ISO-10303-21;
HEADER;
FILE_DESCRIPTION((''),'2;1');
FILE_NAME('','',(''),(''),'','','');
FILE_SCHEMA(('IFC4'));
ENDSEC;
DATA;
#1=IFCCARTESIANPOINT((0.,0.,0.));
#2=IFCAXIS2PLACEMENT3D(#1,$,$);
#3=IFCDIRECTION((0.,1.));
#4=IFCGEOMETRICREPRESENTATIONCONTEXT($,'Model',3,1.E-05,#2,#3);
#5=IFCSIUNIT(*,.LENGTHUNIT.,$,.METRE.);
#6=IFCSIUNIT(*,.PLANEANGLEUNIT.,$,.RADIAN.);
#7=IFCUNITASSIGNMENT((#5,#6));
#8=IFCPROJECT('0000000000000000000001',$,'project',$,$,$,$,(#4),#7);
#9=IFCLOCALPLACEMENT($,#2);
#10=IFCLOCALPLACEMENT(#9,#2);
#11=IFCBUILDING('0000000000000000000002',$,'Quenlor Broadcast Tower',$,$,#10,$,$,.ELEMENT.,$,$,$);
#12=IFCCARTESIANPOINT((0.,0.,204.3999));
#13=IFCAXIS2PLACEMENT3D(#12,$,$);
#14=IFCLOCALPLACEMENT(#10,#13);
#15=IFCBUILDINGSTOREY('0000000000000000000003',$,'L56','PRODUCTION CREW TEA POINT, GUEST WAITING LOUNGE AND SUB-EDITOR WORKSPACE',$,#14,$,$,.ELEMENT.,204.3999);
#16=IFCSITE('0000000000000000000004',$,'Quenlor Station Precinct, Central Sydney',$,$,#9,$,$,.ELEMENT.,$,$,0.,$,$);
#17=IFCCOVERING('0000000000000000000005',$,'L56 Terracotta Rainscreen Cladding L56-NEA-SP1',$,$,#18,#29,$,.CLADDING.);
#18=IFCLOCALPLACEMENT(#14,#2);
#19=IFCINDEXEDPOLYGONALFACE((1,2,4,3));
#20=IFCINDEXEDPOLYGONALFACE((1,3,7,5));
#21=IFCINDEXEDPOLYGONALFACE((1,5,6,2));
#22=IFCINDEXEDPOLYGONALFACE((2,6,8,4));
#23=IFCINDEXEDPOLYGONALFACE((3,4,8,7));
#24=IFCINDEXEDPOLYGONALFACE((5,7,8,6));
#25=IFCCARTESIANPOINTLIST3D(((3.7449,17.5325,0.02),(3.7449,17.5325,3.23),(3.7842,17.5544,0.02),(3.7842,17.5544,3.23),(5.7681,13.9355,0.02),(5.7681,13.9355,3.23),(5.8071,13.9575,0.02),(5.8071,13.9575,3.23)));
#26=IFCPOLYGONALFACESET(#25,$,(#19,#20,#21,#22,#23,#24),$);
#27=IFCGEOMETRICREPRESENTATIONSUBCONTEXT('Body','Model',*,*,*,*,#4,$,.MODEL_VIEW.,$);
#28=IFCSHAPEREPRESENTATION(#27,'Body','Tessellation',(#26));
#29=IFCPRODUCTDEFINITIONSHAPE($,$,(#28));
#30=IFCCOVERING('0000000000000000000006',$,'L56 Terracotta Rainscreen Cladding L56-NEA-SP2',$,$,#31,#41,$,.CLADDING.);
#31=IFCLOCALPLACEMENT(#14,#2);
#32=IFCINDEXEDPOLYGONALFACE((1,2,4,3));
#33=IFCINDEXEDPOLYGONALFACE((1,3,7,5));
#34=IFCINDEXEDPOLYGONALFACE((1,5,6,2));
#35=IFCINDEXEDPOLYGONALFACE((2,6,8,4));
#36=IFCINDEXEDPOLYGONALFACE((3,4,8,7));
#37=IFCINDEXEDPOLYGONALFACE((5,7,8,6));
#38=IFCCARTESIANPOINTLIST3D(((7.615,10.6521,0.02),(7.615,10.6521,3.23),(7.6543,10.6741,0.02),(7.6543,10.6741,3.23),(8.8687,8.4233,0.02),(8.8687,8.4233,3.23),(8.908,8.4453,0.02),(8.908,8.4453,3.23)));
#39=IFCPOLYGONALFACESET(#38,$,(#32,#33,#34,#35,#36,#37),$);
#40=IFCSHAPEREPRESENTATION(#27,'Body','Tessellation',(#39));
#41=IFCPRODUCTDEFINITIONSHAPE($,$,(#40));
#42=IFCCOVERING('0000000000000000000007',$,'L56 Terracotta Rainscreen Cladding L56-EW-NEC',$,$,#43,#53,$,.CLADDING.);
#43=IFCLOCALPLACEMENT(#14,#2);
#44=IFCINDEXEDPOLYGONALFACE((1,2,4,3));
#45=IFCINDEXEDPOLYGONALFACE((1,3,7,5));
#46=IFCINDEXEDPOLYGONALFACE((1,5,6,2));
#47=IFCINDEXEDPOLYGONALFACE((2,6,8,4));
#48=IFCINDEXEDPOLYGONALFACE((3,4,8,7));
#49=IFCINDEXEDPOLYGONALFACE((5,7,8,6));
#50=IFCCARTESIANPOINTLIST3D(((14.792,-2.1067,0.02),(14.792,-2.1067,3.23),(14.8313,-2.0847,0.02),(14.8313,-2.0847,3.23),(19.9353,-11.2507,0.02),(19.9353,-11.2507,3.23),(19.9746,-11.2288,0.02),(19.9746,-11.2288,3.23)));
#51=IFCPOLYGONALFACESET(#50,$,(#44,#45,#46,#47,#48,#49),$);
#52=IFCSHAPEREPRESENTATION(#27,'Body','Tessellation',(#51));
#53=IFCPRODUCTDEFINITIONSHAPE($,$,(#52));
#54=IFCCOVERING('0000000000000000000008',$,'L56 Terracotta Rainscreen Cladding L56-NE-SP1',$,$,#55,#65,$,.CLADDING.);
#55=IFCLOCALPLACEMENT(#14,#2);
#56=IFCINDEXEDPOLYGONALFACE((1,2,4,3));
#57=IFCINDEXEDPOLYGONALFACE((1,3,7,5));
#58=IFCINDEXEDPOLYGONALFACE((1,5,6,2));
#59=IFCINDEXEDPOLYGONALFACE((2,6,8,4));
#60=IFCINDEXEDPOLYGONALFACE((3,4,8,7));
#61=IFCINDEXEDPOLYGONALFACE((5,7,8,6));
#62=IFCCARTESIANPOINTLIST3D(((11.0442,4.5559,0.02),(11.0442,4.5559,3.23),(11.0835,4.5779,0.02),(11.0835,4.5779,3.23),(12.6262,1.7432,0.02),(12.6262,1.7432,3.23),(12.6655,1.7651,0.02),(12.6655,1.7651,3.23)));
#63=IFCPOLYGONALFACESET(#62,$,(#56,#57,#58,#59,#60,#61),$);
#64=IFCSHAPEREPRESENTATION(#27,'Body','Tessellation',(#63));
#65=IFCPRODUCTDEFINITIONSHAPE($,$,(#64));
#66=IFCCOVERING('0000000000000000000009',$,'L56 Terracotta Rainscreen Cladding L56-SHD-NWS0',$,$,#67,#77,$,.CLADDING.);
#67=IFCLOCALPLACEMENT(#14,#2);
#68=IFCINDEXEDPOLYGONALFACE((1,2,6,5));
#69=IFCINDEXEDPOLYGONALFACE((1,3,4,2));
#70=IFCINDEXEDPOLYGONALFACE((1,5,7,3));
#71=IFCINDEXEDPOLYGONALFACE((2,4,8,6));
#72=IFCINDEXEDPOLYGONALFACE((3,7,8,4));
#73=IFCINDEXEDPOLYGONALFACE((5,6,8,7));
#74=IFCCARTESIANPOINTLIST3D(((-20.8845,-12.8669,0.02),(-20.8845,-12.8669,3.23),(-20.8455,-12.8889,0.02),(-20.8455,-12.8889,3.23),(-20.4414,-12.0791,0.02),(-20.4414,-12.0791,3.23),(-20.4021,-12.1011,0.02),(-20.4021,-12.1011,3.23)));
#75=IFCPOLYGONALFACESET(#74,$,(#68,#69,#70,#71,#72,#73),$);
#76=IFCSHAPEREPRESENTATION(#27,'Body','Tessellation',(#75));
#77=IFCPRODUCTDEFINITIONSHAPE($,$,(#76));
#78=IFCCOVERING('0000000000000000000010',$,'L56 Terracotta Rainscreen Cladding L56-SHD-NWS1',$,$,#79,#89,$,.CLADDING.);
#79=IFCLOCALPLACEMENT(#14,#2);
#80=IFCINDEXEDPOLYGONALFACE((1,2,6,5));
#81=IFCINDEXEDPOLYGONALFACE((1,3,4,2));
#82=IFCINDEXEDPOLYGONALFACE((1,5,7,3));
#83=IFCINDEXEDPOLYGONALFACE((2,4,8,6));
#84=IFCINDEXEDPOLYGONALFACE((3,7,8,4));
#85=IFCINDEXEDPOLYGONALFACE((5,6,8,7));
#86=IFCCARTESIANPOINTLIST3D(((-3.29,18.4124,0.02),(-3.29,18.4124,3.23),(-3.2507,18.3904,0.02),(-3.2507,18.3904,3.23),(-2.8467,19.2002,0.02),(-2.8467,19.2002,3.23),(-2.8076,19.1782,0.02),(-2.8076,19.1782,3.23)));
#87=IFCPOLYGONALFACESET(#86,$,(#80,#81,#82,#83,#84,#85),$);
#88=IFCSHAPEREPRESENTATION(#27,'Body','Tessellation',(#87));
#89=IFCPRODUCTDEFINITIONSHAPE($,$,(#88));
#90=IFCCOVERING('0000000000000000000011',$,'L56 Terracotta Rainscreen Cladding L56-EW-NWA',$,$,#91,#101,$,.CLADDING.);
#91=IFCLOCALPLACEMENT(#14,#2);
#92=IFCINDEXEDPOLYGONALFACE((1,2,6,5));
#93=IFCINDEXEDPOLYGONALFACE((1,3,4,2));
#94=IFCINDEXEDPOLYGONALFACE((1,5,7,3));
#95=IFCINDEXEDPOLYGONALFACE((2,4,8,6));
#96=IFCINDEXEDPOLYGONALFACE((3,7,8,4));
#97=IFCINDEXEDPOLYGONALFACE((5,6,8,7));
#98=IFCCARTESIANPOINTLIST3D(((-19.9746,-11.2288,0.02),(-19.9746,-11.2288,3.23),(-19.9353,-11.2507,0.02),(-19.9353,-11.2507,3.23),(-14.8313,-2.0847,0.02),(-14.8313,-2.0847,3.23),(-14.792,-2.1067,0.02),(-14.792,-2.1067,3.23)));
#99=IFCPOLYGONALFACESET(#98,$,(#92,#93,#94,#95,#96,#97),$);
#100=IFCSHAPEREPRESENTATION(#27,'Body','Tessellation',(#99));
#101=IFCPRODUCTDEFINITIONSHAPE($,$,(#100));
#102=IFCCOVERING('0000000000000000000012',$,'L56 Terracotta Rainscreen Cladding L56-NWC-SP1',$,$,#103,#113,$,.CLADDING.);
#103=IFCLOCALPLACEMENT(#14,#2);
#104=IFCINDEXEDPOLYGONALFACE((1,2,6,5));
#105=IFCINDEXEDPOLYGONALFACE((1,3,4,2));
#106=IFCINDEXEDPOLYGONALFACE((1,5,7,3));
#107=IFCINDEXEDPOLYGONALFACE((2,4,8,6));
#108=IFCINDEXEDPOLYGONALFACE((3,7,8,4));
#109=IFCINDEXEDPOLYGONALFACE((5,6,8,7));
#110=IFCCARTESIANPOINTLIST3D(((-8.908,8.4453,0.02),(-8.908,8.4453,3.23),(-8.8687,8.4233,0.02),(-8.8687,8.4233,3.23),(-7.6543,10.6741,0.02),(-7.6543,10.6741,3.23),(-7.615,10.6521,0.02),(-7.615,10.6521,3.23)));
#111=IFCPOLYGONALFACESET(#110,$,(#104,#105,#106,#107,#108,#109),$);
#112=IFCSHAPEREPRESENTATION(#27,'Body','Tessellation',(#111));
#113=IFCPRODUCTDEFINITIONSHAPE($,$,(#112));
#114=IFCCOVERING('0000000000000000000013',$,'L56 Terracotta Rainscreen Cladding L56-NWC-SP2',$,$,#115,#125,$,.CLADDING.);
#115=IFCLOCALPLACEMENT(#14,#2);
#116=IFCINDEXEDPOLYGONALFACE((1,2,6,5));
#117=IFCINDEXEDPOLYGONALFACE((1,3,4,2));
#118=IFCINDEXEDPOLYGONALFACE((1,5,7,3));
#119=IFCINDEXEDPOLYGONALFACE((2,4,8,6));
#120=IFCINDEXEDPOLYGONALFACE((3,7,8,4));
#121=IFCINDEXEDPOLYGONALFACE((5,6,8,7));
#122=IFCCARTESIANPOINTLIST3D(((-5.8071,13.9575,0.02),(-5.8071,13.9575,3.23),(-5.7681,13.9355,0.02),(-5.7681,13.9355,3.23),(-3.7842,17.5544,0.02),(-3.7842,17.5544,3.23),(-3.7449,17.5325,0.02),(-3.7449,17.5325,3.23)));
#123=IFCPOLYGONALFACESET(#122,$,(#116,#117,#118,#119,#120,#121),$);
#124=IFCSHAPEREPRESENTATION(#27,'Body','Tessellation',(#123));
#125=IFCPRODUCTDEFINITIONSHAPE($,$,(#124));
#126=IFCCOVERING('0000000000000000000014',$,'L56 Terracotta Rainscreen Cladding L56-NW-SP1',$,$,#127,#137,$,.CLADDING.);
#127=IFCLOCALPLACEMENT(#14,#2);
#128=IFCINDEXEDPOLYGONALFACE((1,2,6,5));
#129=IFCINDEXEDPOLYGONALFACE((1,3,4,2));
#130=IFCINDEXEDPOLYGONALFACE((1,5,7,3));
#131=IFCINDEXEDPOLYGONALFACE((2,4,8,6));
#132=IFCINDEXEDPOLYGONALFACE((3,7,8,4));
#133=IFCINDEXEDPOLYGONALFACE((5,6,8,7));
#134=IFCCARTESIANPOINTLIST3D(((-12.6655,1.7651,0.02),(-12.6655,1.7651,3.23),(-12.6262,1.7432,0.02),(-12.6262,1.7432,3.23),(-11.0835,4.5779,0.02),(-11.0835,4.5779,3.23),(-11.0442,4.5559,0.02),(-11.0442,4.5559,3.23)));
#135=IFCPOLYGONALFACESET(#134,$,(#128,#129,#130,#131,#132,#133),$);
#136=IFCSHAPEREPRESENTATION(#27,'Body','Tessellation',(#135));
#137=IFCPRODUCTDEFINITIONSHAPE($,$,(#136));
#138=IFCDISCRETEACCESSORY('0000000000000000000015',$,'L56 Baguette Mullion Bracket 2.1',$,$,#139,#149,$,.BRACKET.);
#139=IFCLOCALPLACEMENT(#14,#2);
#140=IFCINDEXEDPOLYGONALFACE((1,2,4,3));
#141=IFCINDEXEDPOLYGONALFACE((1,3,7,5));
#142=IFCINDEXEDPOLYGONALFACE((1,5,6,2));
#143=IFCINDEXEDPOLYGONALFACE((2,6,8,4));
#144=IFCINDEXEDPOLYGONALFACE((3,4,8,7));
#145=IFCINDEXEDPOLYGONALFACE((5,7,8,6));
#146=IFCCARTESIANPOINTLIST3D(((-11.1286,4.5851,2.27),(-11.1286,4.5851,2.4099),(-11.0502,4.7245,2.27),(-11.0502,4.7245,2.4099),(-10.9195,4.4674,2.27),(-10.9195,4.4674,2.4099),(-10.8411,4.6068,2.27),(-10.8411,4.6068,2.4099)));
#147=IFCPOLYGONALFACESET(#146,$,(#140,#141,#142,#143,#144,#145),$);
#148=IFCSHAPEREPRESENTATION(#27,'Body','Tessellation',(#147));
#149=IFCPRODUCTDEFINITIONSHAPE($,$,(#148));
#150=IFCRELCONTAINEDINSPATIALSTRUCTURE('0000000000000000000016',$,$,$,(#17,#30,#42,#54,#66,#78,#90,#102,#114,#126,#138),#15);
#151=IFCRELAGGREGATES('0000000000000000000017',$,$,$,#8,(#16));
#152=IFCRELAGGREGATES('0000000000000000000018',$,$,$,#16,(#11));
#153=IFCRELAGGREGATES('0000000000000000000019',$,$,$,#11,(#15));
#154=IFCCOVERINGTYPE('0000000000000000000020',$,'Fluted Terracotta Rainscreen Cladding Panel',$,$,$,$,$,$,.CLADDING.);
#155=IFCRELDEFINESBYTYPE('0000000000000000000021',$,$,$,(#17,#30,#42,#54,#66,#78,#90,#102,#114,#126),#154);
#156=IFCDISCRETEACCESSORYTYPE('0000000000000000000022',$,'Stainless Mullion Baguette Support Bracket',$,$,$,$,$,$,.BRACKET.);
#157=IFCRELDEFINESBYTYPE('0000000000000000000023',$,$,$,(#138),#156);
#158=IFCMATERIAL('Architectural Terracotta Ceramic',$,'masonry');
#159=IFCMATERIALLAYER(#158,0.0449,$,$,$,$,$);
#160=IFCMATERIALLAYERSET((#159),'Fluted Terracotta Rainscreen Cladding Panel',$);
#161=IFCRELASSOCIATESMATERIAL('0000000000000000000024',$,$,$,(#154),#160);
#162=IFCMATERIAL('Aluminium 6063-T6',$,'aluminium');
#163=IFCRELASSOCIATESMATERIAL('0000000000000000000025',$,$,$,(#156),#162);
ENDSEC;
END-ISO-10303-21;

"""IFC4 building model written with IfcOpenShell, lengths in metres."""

from ifc_helpers import new_model, si_unit, direction, frame, origin, origin_2d, place, context, subcontext, project, spatial, polyline, rectangle, outline, extrude, material, layer, layer_set, type_object, element, save


model = new_model("IFC4")

# Units and contexts
model_context = context("Model", 3, precision=1e-05, world=origin(), true_north=direction((0.0, 1.0)))
body_context = subcontext(model_context, "Body", "Model", "MODEL_VIEW")
ifc_project = project(units=[si_unit("LENGTHUNIT", "METRE"), si_unit("PLANEANGLEUNIT", "RADIAN")], contexts=[model_context])

# Site, building, storey
site_placement = place(None, origin())
site = spatial("IfcSite", under=ifc_project, at=site_placement, Name="Quenlor Station Precinct, Central Sydney", CompositionType="ELEMENT", RefElevation=0.0)
building_placement = place(site_placement, origin())
building = spatial("IfcBuilding", under=site, at=building_placement, Name="Quenlor Broadcast Tower", CompositionType="ELEMENT")
storey_placement = place(building_placement, frame((0.0, 0.0, 204.3999)))
storey = spatial("IfcBuildingStorey", under=building, at=storey_placement, Name="L56", Description="PRODUCTION CREW TEA POINT, GUEST WAITING LOUNGE AND SUB-EDITOR WORKSPACE", CompositionType="ELEMENT", Elevation=204.3999)

# Coverings
ifc_material_1 = material(Name="Architectural Terracotta Ceramic", Category="masonry")
ifc_layer_1 = layer(ifc_material_1, 0.0449)
ifc_layer_set_1 = layer_set([ifc_layer_1], Name="Fluted Terracotta Rainscreen Cladding Panel")
covering_type = type_object("IfcCoveringType", Name="Fluted Terracotta Rainscreen Cladding Panel", PredefinedType="CLADDING", material=ifc_layer_set_1)
covering_1_placement = place(storey_placement, frame((0.0, 0.0, 0.02)))
element("IfcCovering", 1, at=covering_1_placement, inside=storey, type_object=covering_type, Name="L56 Terracotta Rainscreen Cladding L56-NEA-SP1", PredefinedType="CLADDING", context=body_context, shape_type="SweptSolid", body=[
    extrude(outline(polyline([(3.7449, 17.5325), (5.7681, 13.9355), (5.8071, 13.9575), (3.7842, 17.5544), (3.7449, 17.5325)])), origin(), (0.0, 0.0, 1.0), 3.21),
])
covering_2_placement = place(storey_placement, frame((0.0, 0.0, 0.02)))
element("IfcCovering", 2, at=covering_2_placement, inside=storey, type_object=covering_type, Name="L56 Terracotta Rainscreen Cladding L56-NEA-SP2", PredefinedType="CLADDING", context=body_context, shape_type="SweptSolid", body=[
    extrude(outline(polyline([(7.615, 10.6521), (8.8687, 8.4233), (8.908, 8.4453), (7.6543, 10.6741), (7.615, 10.6521)])), origin(), (0.0, 0.0, 1.0), 3.21),
])
covering_3_placement = place(storey_placement, frame((0.0, 0.0, 0.02)))
element("IfcCovering", 3, at=covering_3_placement, inside=storey, type_object=covering_type, Name="L56 Terracotta Rainscreen Cladding L56-EW-NEC", PredefinedType="CLADDING", context=body_context, shape_type="SweptSolid", body=[
    extrude(outline(polyline([(14.792, -2.1067), (19.9353, -11.2507), (19.9746, -11.2288), (14.8313, -2.0847), (14.792, -2.1067)])), origin(), (0.0, 0.0, 1.0), 3.21),
])
covering_4_placement = place(storey_placement, frame((0.0, 0.0, 0.02)))
element("IfcCovering", 4, at=covering_4_placement, inside=storey, type_object=covering_type, Name="L56 Terracotta Rainscreen Cladding L56-NE-SP1", PredefinedType="CLADDING", context=body_context, shape_type="SweptSolid", body=[
    extrude(outline(polyline([(11.0442, 4.5559), (12.6262, 1.7432), (12.6655, 1.7651), (11.0835, 4.5779), (11.0442, 4.5559)])), origin(), (0.0, 0.0, 1.0), 3.21),
])
covering_5_placement = place(storey_placement, frame((0.0, 0.0, 0.02)))
element("IfcCovering", 5, at=covering_5_placement, inside=storey, type_object=covering_type, Name="L56 Terracotta Rainscreen Cladding L56-SHD-NWS0", PredefinedType="CLADDING", context=body_context, shape_type="SweptSolid", body=[
    extrude(outline(polyline([(-20.8455, -12.8889), (-20.4021, -12.1011), (-20.4414, -12.0791), (-20.8845, -12.8669), (-20.8455, -12.8889)])), origin(), (0.0, 0.0, 1.0), 3.21),
])
covering_6_placement = place(storey_placement, frame((0.0, 0.0, 0.02)))
element("IfcCovering", 6, at=covering_6_placement, inside=storey, type_object=covering_type, Name="L56 Terracotta Rainscreen Cladding L56-SHD-NWS1", PredefinedType="CLADDING", context=body_context, shape_type="SweptSolid", body=[
    extrude(outline(polyline([(-3.2507, 18.3904), (-2.8076, 19.1782), (-2.8467, 19.2002), (-3.29, 18.4124), (-3.2507, 18.3904)])), origin(), (0.0, 0.0, 1.0), 3.21),
])
covering_7_placement = place(storey_placement, frame((0.0, 0.0, 0.02)))
element("IfcCovering", 7, at=covering_7_placement, inside=storey, type_object=covering_type, Name="L56 Terracotta Rainscreen Cladding L56-EW-NWA", PredefinedType="CLADDING", context=body_context, shape_type="SweptSolid", body=[
    extrude(outline(polyline([(-19.9353, -11.2507), (-14.792, -2.1067), (-14.8313, -2.0847), (-19.9746, -11.2288), (-19.9353, -11.2507)])), origin(), (0.0, 0.0, 1.0), 3.21),
])
covering_8_placement = place(storey_placement, frame((0.0, 0.0, 0.02)))
element("IfcCovering", 8, at=covering_8_placement, inside=storey, type_object=covering_type, Name="L56 Terracotta Rainscreen Cladding L56-NWC-SP1", PredefinedType="CLADDING", context=body_context, shape_type="SweptSolid", body=[
    extrude(outline(polyline([(-8.8687, 8.4233), (-7.615, 10.6521), (-7.6543, 10.6741), (-8.908, 8.4453), (-8.8687, 8.4233)])), origin(), (0.0, 0.0, 1.0), 3.21),
])
covering_9_placement = place(storey_placement, frame((0.0, 0.0, 0.02)))
element("IfcCovering", 9, at=covering_9_placement, inside=storey, type_object=covering_type, Name="L56 Terracotta Rainscreen Cladding L56-NWC-SP2", PredefinedType="CLADDING", context=body_context, shape_type="SweptSolid", body=[
    extrude(outline(polyline([(-5.7681, 13.9355), (-3.7449, 17.5325), (-3.7842, 17.5544), (-5.8071, 13.9575), (-5.7681, 13.9355)])), origin(), (0.0, 0.0, 1.0), 3.21),
])
covering_10_placement = place(storey_placement, frame((0.0, 0.0, 0.02)))
element("IfcCovering", 10, at=covering_10_placement, inside=storey, type_object=covering_type, Name="L56 Terracotta Rainscreen Cladding L56-NW-SP1", PredefinedType="CLADDING", context=body_context, shape_type="SweptSolid", body=[
    extrude(outline(polyline([(-12.6262, 1.7432), (-11.0442, 4.5559), (-11.0835, 4.5779), (-12.6655, 1.7651), (-12.6262, 1.7432)])), origin(), (0.0, 0.0, 1.0), 3.21),
])

# Discrete accessory
ifc_material_2 = material(Name="Aluminium 6063-T6", Category="aluminium")
discrete_accessory_type = type_object("IfcDiscreteAccessoryType", Name="Stainless Mullion Baguette Support Bracket", PredefinedType="BRACKET", material=ifc_material_2)
discrete_accessory_placement = place(storey_placement, frame((-10.9849, 4.5959, 2.27), z_axis=(0.0, 0.0, 1.0), x_axis=(0.490257, 0.871578, 0.0)))
element("IfcDiscreteAccessory", 11, at=discrete_accessory_placement, inside=storey, type_object=discrete_accessory_type, Name="L56 Baguette Mullion Bracket 2.1", PredefinedType="BRACKET", context=body_context, shape_type="SweptSolid", body=[
    extrude(rectangle(XDim=0.1599, YDim=0.24, at=origin_2d()), origin(), (0.0, 0.0, 1.0), 0.1399),
])

save(model, "model.ifc")
